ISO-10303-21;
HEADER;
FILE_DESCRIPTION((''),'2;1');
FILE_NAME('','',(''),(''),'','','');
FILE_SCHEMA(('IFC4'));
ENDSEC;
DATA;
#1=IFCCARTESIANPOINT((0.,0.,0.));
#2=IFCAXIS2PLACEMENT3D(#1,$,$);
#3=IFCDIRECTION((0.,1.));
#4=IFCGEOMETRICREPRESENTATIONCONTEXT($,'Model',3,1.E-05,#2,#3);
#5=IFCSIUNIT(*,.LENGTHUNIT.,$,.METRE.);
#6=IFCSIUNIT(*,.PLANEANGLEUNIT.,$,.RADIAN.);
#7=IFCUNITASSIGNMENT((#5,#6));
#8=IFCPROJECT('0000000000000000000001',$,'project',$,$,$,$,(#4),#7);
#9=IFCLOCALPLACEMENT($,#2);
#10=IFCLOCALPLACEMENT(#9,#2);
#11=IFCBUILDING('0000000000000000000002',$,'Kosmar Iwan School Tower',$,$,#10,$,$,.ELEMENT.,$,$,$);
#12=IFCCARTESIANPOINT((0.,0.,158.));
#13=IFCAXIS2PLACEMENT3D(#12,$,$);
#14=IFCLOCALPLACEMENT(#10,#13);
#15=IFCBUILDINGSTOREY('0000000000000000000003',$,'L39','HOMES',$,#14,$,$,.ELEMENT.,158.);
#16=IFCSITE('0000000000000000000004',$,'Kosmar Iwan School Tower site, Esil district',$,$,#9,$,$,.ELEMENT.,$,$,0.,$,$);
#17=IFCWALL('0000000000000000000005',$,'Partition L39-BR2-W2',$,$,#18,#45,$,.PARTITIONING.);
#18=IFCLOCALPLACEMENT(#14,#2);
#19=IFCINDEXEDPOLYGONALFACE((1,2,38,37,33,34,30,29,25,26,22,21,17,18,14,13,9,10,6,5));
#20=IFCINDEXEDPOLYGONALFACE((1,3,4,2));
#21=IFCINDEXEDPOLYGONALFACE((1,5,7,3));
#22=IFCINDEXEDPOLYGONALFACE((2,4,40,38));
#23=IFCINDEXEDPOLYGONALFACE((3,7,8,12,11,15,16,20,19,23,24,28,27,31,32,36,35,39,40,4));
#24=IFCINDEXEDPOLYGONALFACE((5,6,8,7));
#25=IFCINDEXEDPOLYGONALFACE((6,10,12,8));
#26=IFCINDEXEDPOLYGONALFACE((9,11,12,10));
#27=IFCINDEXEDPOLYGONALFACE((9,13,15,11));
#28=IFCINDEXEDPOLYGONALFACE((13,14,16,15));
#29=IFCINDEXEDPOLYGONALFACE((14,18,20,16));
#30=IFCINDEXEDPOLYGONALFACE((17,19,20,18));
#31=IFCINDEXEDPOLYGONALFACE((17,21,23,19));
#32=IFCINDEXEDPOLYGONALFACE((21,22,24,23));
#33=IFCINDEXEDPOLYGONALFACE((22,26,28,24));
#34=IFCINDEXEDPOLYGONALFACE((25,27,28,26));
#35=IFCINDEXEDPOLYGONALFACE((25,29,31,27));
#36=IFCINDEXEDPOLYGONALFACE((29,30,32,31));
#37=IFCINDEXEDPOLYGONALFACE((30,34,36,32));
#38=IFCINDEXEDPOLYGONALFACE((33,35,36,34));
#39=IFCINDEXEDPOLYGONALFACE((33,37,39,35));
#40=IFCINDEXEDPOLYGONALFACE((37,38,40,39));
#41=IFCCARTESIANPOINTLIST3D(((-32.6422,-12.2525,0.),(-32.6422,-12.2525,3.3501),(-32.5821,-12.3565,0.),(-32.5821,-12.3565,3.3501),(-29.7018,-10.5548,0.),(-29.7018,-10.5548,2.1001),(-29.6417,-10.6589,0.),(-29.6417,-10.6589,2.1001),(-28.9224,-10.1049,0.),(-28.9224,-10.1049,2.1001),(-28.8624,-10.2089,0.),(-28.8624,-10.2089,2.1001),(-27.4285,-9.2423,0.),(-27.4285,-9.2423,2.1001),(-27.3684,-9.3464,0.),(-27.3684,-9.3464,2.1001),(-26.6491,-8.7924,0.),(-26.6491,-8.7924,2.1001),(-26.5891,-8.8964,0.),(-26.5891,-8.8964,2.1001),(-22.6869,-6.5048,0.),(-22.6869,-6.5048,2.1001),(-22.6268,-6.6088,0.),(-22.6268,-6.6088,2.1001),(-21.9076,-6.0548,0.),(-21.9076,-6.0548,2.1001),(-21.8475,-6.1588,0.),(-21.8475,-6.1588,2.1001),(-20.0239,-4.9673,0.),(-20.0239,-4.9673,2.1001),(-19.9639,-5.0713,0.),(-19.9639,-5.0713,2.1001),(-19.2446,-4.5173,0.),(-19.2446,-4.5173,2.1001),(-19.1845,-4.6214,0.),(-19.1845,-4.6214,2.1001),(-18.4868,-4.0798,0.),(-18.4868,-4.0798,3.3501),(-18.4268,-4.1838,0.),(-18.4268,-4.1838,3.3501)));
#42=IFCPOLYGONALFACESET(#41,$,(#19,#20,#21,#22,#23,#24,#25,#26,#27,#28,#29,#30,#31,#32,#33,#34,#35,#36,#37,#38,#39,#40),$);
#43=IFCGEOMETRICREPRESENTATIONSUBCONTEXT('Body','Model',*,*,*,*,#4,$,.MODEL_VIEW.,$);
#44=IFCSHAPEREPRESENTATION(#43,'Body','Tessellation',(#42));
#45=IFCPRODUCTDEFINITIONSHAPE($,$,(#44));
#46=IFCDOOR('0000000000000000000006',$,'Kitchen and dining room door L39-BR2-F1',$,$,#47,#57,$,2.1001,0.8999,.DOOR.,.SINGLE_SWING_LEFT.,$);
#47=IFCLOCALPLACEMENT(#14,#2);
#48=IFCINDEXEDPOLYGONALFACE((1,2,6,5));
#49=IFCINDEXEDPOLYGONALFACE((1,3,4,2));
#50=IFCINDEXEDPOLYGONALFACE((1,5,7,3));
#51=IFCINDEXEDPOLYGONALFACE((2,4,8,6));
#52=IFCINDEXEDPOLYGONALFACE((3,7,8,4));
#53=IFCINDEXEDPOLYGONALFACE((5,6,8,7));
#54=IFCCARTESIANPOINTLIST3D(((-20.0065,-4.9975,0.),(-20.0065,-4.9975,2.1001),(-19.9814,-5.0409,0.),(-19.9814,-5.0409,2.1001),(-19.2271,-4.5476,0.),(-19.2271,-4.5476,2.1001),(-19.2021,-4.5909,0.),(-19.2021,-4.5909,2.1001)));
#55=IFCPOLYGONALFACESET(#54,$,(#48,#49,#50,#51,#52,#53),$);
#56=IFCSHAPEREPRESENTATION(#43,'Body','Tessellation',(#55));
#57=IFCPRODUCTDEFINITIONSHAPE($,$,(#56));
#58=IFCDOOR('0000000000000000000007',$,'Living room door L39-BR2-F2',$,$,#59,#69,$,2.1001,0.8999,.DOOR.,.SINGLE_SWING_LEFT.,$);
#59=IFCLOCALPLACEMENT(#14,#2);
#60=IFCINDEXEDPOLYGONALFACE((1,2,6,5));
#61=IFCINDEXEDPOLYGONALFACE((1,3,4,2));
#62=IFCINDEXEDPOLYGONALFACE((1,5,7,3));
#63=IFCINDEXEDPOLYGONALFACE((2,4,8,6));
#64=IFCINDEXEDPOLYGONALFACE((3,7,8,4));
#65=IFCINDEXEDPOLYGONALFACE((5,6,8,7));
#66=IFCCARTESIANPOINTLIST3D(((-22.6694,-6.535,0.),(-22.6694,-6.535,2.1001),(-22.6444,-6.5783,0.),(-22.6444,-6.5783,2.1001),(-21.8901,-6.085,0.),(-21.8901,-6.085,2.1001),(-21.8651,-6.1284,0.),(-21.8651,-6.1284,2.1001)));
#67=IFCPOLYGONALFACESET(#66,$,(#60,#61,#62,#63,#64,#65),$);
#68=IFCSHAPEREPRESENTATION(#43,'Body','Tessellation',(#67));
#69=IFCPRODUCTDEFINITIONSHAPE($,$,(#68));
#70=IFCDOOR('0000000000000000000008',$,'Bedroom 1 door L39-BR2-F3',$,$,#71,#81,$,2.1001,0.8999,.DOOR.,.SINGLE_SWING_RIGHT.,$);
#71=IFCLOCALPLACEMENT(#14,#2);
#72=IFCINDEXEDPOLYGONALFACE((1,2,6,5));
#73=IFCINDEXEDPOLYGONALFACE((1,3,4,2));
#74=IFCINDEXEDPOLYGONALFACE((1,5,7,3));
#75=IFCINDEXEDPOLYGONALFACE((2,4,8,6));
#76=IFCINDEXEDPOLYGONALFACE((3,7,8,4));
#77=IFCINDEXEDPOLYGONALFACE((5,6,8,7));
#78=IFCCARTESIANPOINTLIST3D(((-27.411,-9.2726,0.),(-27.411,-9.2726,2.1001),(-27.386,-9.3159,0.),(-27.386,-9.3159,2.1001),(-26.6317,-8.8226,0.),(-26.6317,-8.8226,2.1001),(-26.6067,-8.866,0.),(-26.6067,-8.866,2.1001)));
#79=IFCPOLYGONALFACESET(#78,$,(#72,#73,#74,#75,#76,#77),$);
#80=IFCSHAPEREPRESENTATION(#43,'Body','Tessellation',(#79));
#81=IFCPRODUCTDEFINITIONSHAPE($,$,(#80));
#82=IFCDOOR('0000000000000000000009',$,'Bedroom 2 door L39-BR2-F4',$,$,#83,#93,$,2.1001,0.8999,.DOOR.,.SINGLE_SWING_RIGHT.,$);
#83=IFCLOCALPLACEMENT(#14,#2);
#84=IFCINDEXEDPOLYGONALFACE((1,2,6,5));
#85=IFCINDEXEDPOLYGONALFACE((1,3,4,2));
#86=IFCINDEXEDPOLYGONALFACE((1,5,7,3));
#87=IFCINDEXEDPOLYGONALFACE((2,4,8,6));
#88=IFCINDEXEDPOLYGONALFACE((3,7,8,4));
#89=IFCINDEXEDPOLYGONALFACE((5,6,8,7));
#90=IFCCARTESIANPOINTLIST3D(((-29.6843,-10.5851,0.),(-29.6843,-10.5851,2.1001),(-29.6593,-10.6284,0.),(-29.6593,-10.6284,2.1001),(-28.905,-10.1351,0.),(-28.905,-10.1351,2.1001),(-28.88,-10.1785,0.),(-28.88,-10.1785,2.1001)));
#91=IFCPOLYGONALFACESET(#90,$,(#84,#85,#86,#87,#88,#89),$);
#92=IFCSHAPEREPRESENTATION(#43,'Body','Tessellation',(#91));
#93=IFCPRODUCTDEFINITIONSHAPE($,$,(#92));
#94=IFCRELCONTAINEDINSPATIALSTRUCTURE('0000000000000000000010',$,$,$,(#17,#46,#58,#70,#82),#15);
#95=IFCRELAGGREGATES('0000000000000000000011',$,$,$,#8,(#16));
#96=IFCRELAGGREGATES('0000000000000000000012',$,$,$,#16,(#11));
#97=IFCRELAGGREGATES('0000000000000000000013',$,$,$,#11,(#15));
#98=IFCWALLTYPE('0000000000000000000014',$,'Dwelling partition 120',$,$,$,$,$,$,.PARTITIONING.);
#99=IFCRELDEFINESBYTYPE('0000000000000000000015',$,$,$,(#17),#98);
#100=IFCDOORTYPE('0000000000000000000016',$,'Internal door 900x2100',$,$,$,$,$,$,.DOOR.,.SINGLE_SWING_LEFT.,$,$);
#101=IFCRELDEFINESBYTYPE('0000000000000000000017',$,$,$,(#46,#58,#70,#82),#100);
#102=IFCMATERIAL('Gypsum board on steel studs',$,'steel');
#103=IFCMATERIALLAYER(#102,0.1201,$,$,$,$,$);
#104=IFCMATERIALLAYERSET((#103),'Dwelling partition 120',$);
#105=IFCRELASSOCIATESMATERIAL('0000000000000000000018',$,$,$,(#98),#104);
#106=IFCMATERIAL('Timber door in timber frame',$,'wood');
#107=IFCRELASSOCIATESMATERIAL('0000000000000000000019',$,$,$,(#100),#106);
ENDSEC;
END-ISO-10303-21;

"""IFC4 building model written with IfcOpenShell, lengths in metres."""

from ifc_helpers import new_model, si_unit, direction, frame, frame_2d, origin, place, context, subcontext, project, spatial, rectangle, extrude, material, layer, layer_set, type_object, element, fill, save


model = new_model("IFC4")

# Units and contexts
model_context = context("Model", 3, precision=1e-05, world=origin(), true_north=direction((0.0, 1.0)))
body_context = subcontext(model_context, "Body", "Model", "MODEL_VIEW")
ifc_project = project(units=[si_unit("LENGTHUNIT", "METRE"), si_unit("PLANEANGLEUNIT", "RADIAN")], contexts=[model_context])

# Site, building, storey
site_placement = place(None, origin())
site = spatial("IfcSite", under=ifc_project, at=site_placement, Name="Kosmar Iwan School Tower site, Esil district", CompositionType="ELEMENT", RefElevation=0.0)
building_placement = place(site_placement, origin())
building = spatial("IfcBuilding", under=site, at=building_placement, Name="Kosmar Iwan School Tower", CompositionType="ELEMENT")
storey_placement = place(building_placement, frame((0.0, 0.0, 158.0)))
storey = spatial("IfcBuildingStorey", under=building, at=storey_placement, Name="L39", Description="HOMES", CompositionType="ELEMENT", Elevation=158.0)

# Shared definitions
ifc_material_1 = material(Name="Gypsum board on steel studs", Category="steel")
ifc_layer = layer(ifc_material_1, 0.1201)
ifc_layer_set = layer_set([ifc_layer], Name="Dwelling partition 120")
wall_type = type_object("IfcWallType", Name="Dwelling partition 120", PredefinedType="PARTITIONING", material=ifc_layer_set)

# Wall, openings, doors
ifc_material_2 = material(Name="Timber door in timber frame", Category="wood")
door_type_1 = type_object("IfcDoorType", Name="Internal door 900x2100", OperationType="SINGLE_SWING_LEFT", PredefinedType="DOOR", material=ifc_material_2)
wall_1_placement = place(storey_placement, frame((-18.4568, -4.1318, 0.0), z_axis=(0.0, 0.0, 1.0), x_axis=(-0.866024, -0.500003, 0.0)))
wall_1 = element("IfcWall", 1, at=wall_1_placement, inside=storey, type_object=wall_type, Name="Partition L39-BR2-W2", PredefinedType="PARTITIONING", context=body_context, shape_type="SweptSolid", body=[
    extrude(rectangle(XDim=16.3452, YDim=0.1201, at=frame_2d((8.1726, 0.0))), origin(), (0.0, 0.0, 1.0), 3.3501),
])
opening_1_placement = place(wall_1_placement, frame((0.875, 0.0, 0.0)))
opening_1 = element("IfcOpeningElement", 2, at=opening_1_placement, cuts=wall_1, PredefinedType="OPENING", context=body_context, shape_type="SweptSolid", body=[
    extrude(rectangle(XDim=0.8999, YDim=2.1001, at=frame_2d((0.45, 1.05))), frame((0.0, 0.072, 0.0), z_axis=(0.0, -1.0, 0.0), x_axis=(1.0, 0.0, 0.0)), (0.0, 0.0, 1.0), 0.144),
])
opening_2_placement = place(wall_1_placement, frame((3.95, 0.0, 0.0)))
opening_2 = element("IfcOpeningElement", 3, at=opening_2_placement, cuts=wall_1, PredefinedType="OPENING", context=body_context, shape_type="SweptSolid", body=[
    extrude(rectangle(XDim=0.8999, YDim=2.1001, at=frame_2d((0.45, 1.05))), frame((0.0, 0.072, 0.0), z_axis=(0.0, -1.0, 0.0), x_axis=(1.0, 0.0, 0.0)), (0.0, 0.0, 1.0), 0.144),
])
opening_3_placement = place(wall_1_placement, frame((9.425, 0.0, 0.0)))
opening_3 = element("IfcOpeningElement", 4, at=opening_3_placement, cuts=wall_1, PredefinedType="OPENING", context=body_context, shape_type="SweptSolid", body=[
    extrude(rectangle(XDim=0.8999, YDim=2.1001, at=frame_2d((0.45, 1.05))), frame((0.0, 0.072, 0.0), z_axis=(0.0, -1.0, 0.0), x_axis=(1.0, 0.0, 0.0)), (0.0, 0.0, 1.0), 0.144),
])
opening_4_placement = place(wall_1_placement, frame((12.05, 0.0, 0.0)))
opening_4 = element("IfcOpeningElement", 5, at=opening_4_placement, cuts=wall_1, PredefinedType="OPENING", context=body_context, shape_type="SweptSolid", body=[
    extrude(rectangle(XDim=0.8999, YDim=2.1001, at=frame_2d((0.45, 1.05))), frame((0.0, 0.072, 0.0), z_axis=(0.0, -1.0, 0.0), x_axis=(1.0, 0.0, 0.0)), (0.0, 0.0, 1.0), 0.144),
])
door_1_placement = place(opening_1_placement, origin())
door_1 = element("IfcDoor", 6, at=door_1_placement, inside=storey, type_object=door_type_1, Name="Kitchen and dining room door L39-BR2-F1", OperationType="SINGLE_SWING_LEFT", OverallHeight=2.1001, OverallWidth=0.8999, PredefinedType="DOOR", context=body_context, shape_type="SweptSolid", body=[
    extrude(rectangle(XDim=0.8999, YDim=2.1001, at=frame_2d((0.45, 1.05))), frame((0.0, 0.0249, 0.0), z_axis=(0.0, -1.0, 0.0), x_axis=(1.0, 0.0, 0.0)), (0.0, 0.0, 1.0), 0.05),
])
fill(opening_1, door_1)
door_2_placement = place(opening_2_placement, origin())
door_2 = element("IfcDoor", 7, at=door_2_placement, inside=storey, type_object=door_type_1, Name="Living room door L39-BR2-F2", OperationType="SINGLE_SWING_LEFT", OverallHeight=2.1001, OverallWidth=0.8999, PredefinedType="DOOR", context=body_context, shape_type="SweptSolid", body=[
    extrude(rectangle(XDim=0.8999, YDim=2.1001, at=frame_2d((0.45, 1.05))), frame((0.0, 0.0249, 0.0), z_axis=(0.0, -1.0, 0.0), x_axis=(1.0, 0.0, 0.0)), (0.0, 0.0, 1.0), 0.05),
])
fill(opening_2, door_2)
door_3_placement = place(opening_3_placement, origin())
door_3 = element("IfcDoor", 8, at=door_3_placement, inside=storey, type_object=door_type_1, Name="Bedroom 1 door L39-BR2-F3", OperationType="SINGLE_SWING_RIGHT", OverallHeight=2.1001, OverallWidth=0.8999, PredefinedType="DOOR", context=body_context, shape_type="SweptSolid", body=[
    extrude(rectangle(XDim=0.8999, YDim=2.1001, at=frame_2d((0.45, 1.05))), frame((0.0, 0.0249, 0.0), z_axis=(0.0, -1.0, 0.0), x_axis=(1.0, 0.0, 0.0)), (0.0, 0.0, 1.0), 0.05),
])
fill(opening_3, door_3)
door_4_placement = place(opening_4_placement, origin())
door_4 = element("IfcDoor", 9, at=door_4_placement, inside=storey, type_object=door_type_1, Name="Bedroom 2 door L39-BR2-F4", OperationType="SINGLE_SWING_RIGHT", OverallHeight=2.1001, OverallWidth=0.8999, PredefinedType="DOOR", context=body_context, shape_type="SweptSolid", body=[
    extrude(rectangle(XDim=0.8999, YDim=2.1001, at=frame_2d((0.45, 1.05))), frame((0.0, 0.0249, 0.0), z_axis=(0.0, -1.0, 0.0), x_axis=(1.0, 0.0, 0.0)), (0.0, 0.0, 1.0), 0.05),
])
fill(opening_4, door_4)

save(model, "model.ifc")
